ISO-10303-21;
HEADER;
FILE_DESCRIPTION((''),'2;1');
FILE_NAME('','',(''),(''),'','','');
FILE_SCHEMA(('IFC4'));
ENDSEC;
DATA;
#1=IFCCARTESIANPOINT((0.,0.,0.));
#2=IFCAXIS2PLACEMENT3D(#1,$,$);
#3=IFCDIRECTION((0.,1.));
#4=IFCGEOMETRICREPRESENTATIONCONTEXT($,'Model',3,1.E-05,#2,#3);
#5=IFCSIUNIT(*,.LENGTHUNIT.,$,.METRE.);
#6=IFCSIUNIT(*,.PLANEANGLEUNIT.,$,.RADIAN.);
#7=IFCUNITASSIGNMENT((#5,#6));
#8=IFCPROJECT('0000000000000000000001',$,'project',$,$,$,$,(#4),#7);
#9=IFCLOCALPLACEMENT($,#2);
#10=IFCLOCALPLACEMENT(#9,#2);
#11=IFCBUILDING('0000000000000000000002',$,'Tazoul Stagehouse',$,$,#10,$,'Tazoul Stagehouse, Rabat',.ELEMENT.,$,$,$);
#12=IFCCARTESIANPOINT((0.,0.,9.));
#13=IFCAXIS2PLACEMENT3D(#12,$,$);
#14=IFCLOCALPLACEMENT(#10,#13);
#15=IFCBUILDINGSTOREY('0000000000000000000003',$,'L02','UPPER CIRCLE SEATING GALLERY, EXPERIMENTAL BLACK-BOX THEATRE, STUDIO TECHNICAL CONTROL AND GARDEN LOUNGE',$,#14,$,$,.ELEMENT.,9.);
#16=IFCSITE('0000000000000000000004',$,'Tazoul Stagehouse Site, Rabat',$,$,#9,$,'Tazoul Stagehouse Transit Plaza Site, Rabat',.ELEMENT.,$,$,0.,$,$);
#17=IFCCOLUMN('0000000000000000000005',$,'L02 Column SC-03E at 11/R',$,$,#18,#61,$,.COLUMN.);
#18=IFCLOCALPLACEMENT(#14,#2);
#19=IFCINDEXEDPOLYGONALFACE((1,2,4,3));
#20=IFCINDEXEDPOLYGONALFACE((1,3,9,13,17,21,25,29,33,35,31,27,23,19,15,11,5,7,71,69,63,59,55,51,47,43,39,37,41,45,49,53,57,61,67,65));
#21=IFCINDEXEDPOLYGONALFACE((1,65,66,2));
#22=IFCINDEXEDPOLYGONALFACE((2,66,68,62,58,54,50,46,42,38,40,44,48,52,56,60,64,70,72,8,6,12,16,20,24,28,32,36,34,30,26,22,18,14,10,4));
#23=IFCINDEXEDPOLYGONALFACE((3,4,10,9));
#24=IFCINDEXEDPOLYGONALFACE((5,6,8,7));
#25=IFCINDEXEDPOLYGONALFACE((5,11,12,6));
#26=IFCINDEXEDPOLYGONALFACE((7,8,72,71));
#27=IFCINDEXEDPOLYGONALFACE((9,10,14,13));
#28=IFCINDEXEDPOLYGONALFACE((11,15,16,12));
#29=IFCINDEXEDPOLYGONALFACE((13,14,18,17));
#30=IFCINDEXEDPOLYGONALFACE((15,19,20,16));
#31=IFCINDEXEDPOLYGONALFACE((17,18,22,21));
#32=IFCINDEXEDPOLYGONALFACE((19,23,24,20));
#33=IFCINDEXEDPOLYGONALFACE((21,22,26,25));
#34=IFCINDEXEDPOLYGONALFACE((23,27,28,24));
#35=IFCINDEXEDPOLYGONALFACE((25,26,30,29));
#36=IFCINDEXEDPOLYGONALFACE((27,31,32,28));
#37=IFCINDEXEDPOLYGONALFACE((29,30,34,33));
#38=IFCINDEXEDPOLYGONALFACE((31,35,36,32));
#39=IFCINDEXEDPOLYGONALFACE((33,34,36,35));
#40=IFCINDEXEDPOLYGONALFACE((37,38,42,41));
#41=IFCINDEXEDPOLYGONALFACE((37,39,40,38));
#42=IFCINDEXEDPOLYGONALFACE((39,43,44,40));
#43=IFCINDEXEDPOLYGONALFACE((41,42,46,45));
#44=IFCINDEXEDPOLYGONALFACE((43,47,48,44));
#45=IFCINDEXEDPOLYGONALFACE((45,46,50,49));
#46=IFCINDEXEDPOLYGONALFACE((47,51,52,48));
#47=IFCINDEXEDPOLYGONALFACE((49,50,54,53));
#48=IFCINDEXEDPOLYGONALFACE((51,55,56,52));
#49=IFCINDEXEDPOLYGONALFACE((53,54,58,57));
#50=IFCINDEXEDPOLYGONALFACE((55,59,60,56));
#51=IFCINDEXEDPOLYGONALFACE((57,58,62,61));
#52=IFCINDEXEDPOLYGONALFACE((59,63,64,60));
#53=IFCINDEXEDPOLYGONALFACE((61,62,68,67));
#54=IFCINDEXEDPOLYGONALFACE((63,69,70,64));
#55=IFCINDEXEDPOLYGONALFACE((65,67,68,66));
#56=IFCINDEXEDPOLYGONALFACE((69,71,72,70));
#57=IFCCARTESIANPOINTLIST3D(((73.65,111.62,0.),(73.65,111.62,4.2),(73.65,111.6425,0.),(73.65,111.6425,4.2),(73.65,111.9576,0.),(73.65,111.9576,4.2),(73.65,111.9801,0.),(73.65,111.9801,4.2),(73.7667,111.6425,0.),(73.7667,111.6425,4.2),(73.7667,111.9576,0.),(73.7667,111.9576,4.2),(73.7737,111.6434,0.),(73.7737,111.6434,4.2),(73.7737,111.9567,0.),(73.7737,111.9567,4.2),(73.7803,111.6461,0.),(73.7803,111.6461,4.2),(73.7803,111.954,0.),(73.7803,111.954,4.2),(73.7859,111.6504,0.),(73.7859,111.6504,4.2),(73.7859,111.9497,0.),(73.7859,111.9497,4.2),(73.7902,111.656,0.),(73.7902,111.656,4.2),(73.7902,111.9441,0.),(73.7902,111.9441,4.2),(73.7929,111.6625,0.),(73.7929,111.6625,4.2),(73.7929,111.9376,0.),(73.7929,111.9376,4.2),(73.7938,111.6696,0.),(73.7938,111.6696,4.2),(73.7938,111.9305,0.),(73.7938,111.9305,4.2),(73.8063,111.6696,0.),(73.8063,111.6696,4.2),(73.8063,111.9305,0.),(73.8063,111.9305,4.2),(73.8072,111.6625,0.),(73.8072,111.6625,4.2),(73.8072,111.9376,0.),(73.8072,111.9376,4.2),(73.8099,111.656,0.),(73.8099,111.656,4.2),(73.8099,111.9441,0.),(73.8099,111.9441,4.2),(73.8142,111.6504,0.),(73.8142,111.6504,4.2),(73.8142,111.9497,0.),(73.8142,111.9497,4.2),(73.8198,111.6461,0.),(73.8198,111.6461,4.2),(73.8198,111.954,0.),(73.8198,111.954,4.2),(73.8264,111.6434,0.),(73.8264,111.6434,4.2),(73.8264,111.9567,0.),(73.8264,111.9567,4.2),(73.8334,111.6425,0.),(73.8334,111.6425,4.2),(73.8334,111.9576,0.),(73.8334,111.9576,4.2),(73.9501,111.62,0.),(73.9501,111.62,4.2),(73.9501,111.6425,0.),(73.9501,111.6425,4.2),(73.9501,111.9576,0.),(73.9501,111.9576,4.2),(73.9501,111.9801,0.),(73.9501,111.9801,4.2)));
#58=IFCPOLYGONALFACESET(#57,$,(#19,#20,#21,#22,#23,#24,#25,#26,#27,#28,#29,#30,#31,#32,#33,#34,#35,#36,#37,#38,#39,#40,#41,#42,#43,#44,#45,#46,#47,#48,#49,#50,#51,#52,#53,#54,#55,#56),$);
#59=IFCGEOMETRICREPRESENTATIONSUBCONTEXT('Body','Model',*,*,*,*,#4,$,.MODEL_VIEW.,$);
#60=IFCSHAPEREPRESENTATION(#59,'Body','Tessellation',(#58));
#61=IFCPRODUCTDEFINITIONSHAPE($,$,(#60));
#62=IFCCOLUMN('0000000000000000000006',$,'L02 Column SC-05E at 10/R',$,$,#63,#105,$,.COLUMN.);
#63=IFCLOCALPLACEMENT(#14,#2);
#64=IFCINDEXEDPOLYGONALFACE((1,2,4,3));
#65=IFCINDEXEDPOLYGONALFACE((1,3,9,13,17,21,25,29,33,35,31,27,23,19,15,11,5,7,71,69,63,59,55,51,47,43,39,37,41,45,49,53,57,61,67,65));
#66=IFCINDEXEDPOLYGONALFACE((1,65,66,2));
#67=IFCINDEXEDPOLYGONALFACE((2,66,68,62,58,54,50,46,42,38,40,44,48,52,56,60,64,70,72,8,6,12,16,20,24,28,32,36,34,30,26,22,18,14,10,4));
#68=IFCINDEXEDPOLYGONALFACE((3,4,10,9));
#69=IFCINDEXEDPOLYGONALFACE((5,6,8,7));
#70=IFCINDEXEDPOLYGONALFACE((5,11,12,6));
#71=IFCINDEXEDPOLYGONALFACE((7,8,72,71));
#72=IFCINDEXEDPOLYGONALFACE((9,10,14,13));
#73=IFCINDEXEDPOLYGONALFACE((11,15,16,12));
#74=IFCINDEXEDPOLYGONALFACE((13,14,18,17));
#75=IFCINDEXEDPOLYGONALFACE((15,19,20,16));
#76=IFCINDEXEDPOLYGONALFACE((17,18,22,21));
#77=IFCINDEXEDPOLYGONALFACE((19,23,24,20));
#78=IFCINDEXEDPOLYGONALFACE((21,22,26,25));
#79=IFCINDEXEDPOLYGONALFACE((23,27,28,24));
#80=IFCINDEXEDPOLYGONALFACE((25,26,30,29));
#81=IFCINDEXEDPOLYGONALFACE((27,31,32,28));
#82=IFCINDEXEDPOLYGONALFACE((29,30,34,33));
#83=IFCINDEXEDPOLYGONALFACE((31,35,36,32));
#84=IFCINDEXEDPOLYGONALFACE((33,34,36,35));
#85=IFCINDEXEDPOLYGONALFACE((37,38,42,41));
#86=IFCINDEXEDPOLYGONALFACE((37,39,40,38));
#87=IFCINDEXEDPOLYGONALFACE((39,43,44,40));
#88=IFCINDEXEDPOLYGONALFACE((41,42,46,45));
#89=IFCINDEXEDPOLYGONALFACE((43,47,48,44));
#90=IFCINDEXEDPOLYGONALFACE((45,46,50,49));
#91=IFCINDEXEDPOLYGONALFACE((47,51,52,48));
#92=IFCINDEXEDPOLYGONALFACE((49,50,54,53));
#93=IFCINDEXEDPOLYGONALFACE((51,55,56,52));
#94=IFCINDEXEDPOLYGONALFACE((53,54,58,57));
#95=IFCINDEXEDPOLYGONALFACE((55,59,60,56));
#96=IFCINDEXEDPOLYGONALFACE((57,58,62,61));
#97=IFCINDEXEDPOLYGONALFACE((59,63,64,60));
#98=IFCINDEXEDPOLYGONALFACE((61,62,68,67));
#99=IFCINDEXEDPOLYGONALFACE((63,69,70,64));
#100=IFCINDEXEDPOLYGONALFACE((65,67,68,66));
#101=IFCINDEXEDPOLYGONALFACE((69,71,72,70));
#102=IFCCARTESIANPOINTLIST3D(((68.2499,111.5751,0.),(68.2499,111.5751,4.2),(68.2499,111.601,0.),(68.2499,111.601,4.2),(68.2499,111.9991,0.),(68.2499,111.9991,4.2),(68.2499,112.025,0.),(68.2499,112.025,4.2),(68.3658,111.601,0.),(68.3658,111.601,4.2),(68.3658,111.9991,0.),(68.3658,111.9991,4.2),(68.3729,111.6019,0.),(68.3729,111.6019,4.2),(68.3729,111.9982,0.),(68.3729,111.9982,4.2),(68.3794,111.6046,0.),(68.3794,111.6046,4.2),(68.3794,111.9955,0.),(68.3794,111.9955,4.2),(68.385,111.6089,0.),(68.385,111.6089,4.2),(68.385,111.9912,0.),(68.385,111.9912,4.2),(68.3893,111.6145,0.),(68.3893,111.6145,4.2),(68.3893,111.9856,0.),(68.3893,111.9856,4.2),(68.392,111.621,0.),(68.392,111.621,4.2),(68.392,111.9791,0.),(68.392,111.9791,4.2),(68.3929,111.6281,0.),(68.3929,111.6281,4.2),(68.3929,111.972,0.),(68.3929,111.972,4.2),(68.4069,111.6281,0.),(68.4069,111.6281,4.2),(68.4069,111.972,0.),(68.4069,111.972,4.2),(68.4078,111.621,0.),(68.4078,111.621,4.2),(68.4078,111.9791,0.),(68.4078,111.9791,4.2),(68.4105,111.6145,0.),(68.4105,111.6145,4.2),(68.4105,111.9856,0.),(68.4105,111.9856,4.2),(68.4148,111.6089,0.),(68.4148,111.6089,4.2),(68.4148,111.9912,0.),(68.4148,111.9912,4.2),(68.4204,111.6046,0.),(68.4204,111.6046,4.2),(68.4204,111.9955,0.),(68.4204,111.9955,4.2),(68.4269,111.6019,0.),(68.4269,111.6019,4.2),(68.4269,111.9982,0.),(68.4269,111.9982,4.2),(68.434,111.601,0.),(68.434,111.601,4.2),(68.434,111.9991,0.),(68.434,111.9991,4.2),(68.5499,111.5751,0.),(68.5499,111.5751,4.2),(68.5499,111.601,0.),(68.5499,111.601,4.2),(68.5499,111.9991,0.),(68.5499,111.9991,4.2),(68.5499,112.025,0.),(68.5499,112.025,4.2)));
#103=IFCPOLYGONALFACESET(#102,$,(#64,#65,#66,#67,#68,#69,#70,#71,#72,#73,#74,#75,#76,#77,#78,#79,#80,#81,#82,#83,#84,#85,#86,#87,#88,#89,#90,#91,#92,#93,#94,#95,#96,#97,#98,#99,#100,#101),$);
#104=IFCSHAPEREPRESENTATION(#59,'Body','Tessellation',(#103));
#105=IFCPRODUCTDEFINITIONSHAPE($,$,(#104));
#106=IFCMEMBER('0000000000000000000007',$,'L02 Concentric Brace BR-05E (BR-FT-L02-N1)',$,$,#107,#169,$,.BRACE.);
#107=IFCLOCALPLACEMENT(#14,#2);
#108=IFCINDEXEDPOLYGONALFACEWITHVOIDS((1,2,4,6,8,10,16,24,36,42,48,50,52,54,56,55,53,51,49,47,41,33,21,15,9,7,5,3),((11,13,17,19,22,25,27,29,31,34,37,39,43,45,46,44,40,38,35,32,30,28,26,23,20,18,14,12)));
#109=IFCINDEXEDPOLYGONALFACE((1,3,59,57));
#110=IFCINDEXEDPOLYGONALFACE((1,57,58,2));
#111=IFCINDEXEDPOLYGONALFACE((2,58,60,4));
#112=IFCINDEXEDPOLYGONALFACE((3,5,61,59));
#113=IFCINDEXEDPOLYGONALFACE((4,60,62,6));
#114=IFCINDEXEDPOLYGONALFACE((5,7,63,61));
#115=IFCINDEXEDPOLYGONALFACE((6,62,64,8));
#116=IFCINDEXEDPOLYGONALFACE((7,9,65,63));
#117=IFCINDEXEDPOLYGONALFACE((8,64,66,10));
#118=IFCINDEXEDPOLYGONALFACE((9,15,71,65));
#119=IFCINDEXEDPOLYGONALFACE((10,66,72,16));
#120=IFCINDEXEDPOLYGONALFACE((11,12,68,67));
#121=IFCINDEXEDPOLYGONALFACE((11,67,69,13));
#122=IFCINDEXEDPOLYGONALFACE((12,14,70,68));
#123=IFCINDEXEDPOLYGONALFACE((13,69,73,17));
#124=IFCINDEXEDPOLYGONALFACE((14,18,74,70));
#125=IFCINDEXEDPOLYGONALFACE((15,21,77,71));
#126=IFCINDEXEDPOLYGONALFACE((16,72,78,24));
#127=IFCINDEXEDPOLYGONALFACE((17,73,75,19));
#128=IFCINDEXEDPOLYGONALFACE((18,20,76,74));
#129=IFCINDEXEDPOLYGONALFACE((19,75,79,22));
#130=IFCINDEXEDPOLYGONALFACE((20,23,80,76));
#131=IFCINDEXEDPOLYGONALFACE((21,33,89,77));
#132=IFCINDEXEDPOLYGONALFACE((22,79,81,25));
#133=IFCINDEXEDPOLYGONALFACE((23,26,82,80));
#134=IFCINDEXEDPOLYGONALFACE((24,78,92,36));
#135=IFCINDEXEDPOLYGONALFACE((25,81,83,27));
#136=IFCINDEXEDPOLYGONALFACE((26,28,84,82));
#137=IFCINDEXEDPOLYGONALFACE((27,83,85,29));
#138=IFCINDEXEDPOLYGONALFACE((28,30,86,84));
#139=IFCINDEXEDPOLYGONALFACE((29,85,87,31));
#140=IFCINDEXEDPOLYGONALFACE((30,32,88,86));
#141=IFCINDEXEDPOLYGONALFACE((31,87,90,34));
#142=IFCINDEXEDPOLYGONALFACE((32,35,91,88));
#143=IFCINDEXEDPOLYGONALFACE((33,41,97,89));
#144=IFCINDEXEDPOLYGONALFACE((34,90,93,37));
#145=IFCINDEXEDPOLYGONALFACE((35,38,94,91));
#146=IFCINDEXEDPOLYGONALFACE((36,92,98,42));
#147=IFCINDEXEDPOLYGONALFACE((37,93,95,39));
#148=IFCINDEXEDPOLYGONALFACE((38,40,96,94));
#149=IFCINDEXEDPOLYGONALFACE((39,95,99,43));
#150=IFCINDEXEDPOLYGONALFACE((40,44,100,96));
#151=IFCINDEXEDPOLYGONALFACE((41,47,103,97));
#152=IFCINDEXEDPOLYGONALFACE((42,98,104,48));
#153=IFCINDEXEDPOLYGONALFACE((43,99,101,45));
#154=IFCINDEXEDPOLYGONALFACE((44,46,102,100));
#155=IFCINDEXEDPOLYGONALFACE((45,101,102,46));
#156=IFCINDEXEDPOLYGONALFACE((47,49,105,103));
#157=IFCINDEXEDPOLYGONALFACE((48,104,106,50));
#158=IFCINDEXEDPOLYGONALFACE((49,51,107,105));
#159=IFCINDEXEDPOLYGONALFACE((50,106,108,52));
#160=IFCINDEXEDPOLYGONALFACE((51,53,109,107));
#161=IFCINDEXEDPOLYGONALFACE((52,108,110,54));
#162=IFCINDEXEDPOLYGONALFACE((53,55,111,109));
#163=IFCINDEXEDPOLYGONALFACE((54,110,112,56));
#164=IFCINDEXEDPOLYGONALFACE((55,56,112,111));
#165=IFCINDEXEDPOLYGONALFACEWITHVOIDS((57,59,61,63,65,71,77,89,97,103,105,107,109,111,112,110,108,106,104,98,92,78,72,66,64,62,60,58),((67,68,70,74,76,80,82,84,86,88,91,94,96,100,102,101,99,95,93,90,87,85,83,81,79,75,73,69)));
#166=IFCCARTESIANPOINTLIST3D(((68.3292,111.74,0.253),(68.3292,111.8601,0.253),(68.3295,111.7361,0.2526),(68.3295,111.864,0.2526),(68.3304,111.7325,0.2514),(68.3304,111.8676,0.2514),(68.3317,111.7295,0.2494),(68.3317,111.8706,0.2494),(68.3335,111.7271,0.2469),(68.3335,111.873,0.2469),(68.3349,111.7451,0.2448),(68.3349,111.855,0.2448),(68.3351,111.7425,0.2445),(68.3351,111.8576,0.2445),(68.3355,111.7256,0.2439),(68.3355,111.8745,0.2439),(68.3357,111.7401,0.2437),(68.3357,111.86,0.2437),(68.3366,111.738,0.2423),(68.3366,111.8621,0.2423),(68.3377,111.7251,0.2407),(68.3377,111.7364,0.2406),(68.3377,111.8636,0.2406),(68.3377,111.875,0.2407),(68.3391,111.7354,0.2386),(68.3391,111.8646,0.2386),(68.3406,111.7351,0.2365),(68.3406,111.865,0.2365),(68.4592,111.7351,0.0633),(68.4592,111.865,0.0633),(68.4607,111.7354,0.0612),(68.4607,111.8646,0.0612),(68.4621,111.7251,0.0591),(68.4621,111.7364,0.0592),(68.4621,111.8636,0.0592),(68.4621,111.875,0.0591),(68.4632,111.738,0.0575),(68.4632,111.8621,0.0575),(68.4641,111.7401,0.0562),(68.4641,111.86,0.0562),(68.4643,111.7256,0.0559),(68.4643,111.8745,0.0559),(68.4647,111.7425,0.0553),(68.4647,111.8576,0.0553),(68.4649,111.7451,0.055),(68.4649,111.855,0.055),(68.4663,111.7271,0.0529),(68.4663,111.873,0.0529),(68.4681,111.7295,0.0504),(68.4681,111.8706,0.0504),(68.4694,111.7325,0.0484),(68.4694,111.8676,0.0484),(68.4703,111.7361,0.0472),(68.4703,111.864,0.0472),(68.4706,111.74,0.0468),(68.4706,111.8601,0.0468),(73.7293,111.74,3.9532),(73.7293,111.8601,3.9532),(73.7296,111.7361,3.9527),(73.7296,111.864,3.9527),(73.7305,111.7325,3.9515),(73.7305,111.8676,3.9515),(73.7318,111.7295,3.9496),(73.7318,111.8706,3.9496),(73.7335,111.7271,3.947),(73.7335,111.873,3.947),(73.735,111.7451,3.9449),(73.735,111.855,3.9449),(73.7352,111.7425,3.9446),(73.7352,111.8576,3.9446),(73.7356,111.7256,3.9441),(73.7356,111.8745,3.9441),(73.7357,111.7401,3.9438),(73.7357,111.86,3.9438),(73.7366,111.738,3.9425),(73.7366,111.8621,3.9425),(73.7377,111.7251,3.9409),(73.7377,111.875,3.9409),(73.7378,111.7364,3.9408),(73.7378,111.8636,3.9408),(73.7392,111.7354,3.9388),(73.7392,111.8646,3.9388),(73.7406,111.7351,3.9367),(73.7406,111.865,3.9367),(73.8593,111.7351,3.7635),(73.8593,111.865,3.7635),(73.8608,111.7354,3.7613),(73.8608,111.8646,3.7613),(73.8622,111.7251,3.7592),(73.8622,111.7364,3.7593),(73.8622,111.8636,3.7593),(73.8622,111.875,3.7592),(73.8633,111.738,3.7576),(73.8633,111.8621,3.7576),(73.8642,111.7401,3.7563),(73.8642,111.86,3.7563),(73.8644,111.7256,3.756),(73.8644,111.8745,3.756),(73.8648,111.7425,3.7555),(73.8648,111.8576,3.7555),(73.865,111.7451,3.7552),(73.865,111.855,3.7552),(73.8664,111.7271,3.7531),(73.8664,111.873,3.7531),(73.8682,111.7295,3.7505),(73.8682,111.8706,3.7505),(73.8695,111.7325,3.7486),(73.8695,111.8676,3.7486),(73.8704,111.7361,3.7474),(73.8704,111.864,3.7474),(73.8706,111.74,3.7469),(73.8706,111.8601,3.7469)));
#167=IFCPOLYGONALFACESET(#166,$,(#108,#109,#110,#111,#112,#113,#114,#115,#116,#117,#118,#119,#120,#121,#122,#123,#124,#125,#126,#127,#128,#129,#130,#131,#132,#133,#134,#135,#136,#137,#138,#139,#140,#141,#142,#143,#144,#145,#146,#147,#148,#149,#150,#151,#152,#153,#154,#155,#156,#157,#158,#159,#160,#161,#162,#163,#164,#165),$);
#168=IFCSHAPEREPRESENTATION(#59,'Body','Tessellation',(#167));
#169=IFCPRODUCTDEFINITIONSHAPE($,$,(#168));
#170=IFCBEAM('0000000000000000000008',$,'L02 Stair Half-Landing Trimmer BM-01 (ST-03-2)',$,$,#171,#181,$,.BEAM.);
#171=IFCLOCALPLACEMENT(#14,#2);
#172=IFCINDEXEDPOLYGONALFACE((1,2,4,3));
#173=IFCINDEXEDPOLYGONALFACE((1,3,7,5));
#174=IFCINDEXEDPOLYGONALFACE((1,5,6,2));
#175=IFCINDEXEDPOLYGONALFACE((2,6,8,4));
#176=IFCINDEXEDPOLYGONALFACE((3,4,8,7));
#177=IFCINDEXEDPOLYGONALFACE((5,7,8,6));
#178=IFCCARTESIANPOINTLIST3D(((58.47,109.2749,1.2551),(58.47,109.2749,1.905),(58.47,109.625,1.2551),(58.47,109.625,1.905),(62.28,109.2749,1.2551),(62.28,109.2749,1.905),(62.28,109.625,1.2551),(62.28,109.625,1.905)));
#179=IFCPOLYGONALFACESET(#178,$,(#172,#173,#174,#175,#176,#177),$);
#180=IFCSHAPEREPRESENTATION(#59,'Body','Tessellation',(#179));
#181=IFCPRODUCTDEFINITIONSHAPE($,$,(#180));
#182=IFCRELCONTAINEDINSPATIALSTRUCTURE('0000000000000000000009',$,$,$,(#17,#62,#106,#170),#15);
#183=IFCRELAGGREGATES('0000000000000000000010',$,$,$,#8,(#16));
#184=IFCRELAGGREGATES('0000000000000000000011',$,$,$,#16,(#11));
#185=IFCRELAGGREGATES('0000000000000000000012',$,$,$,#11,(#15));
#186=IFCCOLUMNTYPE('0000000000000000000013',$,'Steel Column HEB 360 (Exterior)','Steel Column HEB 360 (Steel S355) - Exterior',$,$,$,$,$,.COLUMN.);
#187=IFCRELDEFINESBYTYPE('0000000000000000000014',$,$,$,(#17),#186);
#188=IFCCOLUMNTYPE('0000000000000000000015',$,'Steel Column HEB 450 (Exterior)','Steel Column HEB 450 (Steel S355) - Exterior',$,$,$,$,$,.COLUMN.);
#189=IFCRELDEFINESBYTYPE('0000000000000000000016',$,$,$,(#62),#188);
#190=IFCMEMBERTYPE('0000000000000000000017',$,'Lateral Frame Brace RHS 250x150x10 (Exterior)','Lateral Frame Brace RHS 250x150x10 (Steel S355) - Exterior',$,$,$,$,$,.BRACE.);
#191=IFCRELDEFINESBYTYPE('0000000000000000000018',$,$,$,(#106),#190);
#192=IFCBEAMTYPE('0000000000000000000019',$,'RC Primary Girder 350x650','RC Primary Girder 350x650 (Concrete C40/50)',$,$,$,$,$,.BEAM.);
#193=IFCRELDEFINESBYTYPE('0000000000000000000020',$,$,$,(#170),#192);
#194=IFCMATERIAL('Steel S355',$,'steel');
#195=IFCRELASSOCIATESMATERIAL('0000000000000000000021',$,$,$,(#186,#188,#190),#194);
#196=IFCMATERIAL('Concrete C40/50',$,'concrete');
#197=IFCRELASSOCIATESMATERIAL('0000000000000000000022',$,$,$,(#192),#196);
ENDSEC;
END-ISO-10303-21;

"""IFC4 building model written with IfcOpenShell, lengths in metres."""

from ifc_helpers import new_model, si_unit, direction, frame, origin, origin_2d, place, context, subcontext, project, spatial, rectangle, hollow_rectangle, i_section, extrude, material, material_profile, profile_set, type_object, element, save


model = new_model("IFC4")

# Units and contexts
model_context = context("Model", 3, precision=1e-05, world=origin(), true_north=direction((0.0, 1.0)))
body_context = subcontext(model_context, "Body", "Model", "MODEL_VIEW")
ifc_project = project(units=[si_unit("LENGTHUNIT", "METRE"), si_unit("PLANEANGLEUNIT", "RADIAN")], contexts=[model_context])

# Site, building, storey
site_placement = place(None, origin())
site = spatial("IfcSite", under=ifc_project, at=site_placement, Name="Tazoul Stagehouse Site, Rabat", LongName="Tazoul Stagehouse Transit Plaza Site, Rabat", CompositionType="ELEMENT", RefElevation=0.0)
building_placement = place(site_placement, origin())
building = spatial("IfcBuilding", under=site, at=building_placement, Name="Tazoul Stagehouse", LongName="Tazoul Stagehouse, Rabat", CompositionType="ELEMENT")
storey_placement = place(building_placement, frame((0.0, 0.0, 9.0)))
storey = spatial("IfcBuildingStorey", under=building, at=storey_placement, Name="L02", Description="UPPER CIRCLE SEATING GALLERY, EXPERIMENTAL BLACK-BOX THEATRE, STUDIO TECHNICAL CONTROL AND GARDEN LOUNGE", CompositionType="ELEMENT", Elevation=9.0)

# Columns
ifc_material_1 = material(Name="Steel S355", Category="steel")
ifc_material_profile_1 = material_profile(ifc_material_1, i_section(OverallWidth=0.3, OverallDepth=0.3601, WebThickness=0.0125, FlangeThickness=0.0225, FilletRadius=0.0271, at=origin_2d()), Name="HEB 360")
ifc_profile_set_1 = profile_set([ifc_material_profile_1], Name="Steel S355")
column_type_1 = type_object("IfcColumnType", Name="Steel Column HEB 360 (Exterior)", Description="Steel Column HEB 360 (Steel S355) - Exterior", PredefinedType="COLUMN", material=ifc_profile_set_1)
column_1_placement = place(storey_placement, frame((73.8, 111.8, 0.0), z_axis=(0.0, 0.0, 1.0), x_axis=(1.0, 0.0, 0.0)))
element("IfcColumn", 1, at=column_1_placement, inside=storey, type_object=column_type_1, Name="L02 Column SC-03E at 11/R", PredefinedType="COLUMN", context=body_context, shape_type="SweptSolid", body=[
    extrude(i_section(OverallWidth=0.3, OverallDepth=0.3601, WebThickness=0.0125, FlangeThickness=0.0225, FilletRadius=0.0271, at=origin_2d()), origin(), (0.0, 0.0, 1.0), 4.2),
])
ifc_material_profile_2 = material_profile(ifc_material_1, i_section(OverallWidth=0.3, OverallDepth=0.45, WebThickness=0.0139, FlangeThickness=0.0259, FilletRadius=0.0271, at=origin_2d()), Name="HEB 450")
ifc_profile_set_2 = profile_set([ifc_material_profile_2], Name="Steel S355")
column_type_2 = type_object("IfcColumnType", Name="Steel Column HEB 450 (Exterior)", Description="Steel Column HEB 450 (Steel S355) - Exterior", PredefinedType="COLUMN", material=ifc_profile_set_2)
column_2_placement = place(storey_placement, frame((68.3999, 111.8, 0.0), z_axis=(0.0, 0.0, 1.0), x_axis=(1.0, 0.0, 0.0)))
element("IfcColumn", 2, at=column_2_placement, inside=storey, type_object=column_type_2, Name="L02 Column SC-05E at 10/R", PredefinedType="COLUMN", context=body_context, shape_type="SweptSolid", body=[
    extrude(i_section(OverallWidth=0.3, OverallDepth=0.45, WebThickness=0.0139, FlangeThickness=0.0259, FilletRadius=0.0271, at=origin_2d()), origin(), (0.0, 0.0, 1.0), 4.2),
])

# Member
ifc_material_profile_3 = material_profile(ifc_material_1, hollow_rectangle(XDim=0.1499, YDim=0.25, WallThickness=0.01, InnerFilletRadius=0.01, OuterFilletRadius=0.0149, at=origin_2d()), Name="RHS 250x150x10")
ifc_profile_set_3 = profile_set([ifc_material_profile_3], Name="Steel S355")
member_type = type_object("IfcMemberType", Name="Lateral Frame Brace RHS 250x150x10 (Exterior)", Description="Lateral Frame Brace RHS 250x150x10 (Steel S355) - Exterior", PredefinedType="BRACE", material=ifc_profile_set_3)
member_placement = place(storey_placement, frame((68.3999, 111.8, 0.1499), z_axis=(0.824926, 0.0, 0.565241), x_axis=(0.0, 1.0, 0.0)))
element("IfcMember", 3, at=member_placement, inside=storey, type_object=member_type, Name="L02 Concentric Brace BR-05E (BR-FT-L02-N1)", PredefinedType="BRACE", context=body_context, shape_type="SweptSolid", body=[
    extrude(hollow_rectangle(XDim=0.1499, YDim=0.25, WallThickness=0.01, InnerFilletRadius=0.01, OuterFilletRadius=0.0149, at=origin_2d()), origin(), (0.0, 0.0, 1.0), 6.5461),
])

# Beam
ifc_material_2 = material(Name="Concrete C40/50", Category="concrete")
ifc_material_profile_4 = material_profile(ifc_material_2, rectangle(XDim=0.3501, YDim=0.6499, at=origin_2d()), Name="RC 350x650")
ifc_profile_set_4 = profile_set([ifc_material_profile_4], Name="Concrete C40/50")
beam_type_1 = type_object("IfcBeamType", Name="RC Primary Girder 350x650", Description="RC Primary Girder 350x650 (Concrete C40/50)", PredefinedType="BEAM", material=ifc_profile_set_4)
beam_1_placement = place(storey_placement, frame((58.47, 109.45, 1.5801), z_axis=(1.0, 0.0, 0.0), x_axis=(0.0, 1.0, 0.0)))
element("IfcBeam", 4, at=beam_1_placement, inside=storey, type_object=beam_type_1, Name="L02 Stair Half-Landing Trimmer BM-01 (ST-03-2)", PredefinedType="BEAM", context=body_context, shape_type="SweptSolid", body=[
    extrude(rectangle(XDim=0.3501, YDim=0.6499, at=origin_2d()), origin(), (0.0, 0.0, 1.0), 3.8101),
])

save(model, "model.ifc")
